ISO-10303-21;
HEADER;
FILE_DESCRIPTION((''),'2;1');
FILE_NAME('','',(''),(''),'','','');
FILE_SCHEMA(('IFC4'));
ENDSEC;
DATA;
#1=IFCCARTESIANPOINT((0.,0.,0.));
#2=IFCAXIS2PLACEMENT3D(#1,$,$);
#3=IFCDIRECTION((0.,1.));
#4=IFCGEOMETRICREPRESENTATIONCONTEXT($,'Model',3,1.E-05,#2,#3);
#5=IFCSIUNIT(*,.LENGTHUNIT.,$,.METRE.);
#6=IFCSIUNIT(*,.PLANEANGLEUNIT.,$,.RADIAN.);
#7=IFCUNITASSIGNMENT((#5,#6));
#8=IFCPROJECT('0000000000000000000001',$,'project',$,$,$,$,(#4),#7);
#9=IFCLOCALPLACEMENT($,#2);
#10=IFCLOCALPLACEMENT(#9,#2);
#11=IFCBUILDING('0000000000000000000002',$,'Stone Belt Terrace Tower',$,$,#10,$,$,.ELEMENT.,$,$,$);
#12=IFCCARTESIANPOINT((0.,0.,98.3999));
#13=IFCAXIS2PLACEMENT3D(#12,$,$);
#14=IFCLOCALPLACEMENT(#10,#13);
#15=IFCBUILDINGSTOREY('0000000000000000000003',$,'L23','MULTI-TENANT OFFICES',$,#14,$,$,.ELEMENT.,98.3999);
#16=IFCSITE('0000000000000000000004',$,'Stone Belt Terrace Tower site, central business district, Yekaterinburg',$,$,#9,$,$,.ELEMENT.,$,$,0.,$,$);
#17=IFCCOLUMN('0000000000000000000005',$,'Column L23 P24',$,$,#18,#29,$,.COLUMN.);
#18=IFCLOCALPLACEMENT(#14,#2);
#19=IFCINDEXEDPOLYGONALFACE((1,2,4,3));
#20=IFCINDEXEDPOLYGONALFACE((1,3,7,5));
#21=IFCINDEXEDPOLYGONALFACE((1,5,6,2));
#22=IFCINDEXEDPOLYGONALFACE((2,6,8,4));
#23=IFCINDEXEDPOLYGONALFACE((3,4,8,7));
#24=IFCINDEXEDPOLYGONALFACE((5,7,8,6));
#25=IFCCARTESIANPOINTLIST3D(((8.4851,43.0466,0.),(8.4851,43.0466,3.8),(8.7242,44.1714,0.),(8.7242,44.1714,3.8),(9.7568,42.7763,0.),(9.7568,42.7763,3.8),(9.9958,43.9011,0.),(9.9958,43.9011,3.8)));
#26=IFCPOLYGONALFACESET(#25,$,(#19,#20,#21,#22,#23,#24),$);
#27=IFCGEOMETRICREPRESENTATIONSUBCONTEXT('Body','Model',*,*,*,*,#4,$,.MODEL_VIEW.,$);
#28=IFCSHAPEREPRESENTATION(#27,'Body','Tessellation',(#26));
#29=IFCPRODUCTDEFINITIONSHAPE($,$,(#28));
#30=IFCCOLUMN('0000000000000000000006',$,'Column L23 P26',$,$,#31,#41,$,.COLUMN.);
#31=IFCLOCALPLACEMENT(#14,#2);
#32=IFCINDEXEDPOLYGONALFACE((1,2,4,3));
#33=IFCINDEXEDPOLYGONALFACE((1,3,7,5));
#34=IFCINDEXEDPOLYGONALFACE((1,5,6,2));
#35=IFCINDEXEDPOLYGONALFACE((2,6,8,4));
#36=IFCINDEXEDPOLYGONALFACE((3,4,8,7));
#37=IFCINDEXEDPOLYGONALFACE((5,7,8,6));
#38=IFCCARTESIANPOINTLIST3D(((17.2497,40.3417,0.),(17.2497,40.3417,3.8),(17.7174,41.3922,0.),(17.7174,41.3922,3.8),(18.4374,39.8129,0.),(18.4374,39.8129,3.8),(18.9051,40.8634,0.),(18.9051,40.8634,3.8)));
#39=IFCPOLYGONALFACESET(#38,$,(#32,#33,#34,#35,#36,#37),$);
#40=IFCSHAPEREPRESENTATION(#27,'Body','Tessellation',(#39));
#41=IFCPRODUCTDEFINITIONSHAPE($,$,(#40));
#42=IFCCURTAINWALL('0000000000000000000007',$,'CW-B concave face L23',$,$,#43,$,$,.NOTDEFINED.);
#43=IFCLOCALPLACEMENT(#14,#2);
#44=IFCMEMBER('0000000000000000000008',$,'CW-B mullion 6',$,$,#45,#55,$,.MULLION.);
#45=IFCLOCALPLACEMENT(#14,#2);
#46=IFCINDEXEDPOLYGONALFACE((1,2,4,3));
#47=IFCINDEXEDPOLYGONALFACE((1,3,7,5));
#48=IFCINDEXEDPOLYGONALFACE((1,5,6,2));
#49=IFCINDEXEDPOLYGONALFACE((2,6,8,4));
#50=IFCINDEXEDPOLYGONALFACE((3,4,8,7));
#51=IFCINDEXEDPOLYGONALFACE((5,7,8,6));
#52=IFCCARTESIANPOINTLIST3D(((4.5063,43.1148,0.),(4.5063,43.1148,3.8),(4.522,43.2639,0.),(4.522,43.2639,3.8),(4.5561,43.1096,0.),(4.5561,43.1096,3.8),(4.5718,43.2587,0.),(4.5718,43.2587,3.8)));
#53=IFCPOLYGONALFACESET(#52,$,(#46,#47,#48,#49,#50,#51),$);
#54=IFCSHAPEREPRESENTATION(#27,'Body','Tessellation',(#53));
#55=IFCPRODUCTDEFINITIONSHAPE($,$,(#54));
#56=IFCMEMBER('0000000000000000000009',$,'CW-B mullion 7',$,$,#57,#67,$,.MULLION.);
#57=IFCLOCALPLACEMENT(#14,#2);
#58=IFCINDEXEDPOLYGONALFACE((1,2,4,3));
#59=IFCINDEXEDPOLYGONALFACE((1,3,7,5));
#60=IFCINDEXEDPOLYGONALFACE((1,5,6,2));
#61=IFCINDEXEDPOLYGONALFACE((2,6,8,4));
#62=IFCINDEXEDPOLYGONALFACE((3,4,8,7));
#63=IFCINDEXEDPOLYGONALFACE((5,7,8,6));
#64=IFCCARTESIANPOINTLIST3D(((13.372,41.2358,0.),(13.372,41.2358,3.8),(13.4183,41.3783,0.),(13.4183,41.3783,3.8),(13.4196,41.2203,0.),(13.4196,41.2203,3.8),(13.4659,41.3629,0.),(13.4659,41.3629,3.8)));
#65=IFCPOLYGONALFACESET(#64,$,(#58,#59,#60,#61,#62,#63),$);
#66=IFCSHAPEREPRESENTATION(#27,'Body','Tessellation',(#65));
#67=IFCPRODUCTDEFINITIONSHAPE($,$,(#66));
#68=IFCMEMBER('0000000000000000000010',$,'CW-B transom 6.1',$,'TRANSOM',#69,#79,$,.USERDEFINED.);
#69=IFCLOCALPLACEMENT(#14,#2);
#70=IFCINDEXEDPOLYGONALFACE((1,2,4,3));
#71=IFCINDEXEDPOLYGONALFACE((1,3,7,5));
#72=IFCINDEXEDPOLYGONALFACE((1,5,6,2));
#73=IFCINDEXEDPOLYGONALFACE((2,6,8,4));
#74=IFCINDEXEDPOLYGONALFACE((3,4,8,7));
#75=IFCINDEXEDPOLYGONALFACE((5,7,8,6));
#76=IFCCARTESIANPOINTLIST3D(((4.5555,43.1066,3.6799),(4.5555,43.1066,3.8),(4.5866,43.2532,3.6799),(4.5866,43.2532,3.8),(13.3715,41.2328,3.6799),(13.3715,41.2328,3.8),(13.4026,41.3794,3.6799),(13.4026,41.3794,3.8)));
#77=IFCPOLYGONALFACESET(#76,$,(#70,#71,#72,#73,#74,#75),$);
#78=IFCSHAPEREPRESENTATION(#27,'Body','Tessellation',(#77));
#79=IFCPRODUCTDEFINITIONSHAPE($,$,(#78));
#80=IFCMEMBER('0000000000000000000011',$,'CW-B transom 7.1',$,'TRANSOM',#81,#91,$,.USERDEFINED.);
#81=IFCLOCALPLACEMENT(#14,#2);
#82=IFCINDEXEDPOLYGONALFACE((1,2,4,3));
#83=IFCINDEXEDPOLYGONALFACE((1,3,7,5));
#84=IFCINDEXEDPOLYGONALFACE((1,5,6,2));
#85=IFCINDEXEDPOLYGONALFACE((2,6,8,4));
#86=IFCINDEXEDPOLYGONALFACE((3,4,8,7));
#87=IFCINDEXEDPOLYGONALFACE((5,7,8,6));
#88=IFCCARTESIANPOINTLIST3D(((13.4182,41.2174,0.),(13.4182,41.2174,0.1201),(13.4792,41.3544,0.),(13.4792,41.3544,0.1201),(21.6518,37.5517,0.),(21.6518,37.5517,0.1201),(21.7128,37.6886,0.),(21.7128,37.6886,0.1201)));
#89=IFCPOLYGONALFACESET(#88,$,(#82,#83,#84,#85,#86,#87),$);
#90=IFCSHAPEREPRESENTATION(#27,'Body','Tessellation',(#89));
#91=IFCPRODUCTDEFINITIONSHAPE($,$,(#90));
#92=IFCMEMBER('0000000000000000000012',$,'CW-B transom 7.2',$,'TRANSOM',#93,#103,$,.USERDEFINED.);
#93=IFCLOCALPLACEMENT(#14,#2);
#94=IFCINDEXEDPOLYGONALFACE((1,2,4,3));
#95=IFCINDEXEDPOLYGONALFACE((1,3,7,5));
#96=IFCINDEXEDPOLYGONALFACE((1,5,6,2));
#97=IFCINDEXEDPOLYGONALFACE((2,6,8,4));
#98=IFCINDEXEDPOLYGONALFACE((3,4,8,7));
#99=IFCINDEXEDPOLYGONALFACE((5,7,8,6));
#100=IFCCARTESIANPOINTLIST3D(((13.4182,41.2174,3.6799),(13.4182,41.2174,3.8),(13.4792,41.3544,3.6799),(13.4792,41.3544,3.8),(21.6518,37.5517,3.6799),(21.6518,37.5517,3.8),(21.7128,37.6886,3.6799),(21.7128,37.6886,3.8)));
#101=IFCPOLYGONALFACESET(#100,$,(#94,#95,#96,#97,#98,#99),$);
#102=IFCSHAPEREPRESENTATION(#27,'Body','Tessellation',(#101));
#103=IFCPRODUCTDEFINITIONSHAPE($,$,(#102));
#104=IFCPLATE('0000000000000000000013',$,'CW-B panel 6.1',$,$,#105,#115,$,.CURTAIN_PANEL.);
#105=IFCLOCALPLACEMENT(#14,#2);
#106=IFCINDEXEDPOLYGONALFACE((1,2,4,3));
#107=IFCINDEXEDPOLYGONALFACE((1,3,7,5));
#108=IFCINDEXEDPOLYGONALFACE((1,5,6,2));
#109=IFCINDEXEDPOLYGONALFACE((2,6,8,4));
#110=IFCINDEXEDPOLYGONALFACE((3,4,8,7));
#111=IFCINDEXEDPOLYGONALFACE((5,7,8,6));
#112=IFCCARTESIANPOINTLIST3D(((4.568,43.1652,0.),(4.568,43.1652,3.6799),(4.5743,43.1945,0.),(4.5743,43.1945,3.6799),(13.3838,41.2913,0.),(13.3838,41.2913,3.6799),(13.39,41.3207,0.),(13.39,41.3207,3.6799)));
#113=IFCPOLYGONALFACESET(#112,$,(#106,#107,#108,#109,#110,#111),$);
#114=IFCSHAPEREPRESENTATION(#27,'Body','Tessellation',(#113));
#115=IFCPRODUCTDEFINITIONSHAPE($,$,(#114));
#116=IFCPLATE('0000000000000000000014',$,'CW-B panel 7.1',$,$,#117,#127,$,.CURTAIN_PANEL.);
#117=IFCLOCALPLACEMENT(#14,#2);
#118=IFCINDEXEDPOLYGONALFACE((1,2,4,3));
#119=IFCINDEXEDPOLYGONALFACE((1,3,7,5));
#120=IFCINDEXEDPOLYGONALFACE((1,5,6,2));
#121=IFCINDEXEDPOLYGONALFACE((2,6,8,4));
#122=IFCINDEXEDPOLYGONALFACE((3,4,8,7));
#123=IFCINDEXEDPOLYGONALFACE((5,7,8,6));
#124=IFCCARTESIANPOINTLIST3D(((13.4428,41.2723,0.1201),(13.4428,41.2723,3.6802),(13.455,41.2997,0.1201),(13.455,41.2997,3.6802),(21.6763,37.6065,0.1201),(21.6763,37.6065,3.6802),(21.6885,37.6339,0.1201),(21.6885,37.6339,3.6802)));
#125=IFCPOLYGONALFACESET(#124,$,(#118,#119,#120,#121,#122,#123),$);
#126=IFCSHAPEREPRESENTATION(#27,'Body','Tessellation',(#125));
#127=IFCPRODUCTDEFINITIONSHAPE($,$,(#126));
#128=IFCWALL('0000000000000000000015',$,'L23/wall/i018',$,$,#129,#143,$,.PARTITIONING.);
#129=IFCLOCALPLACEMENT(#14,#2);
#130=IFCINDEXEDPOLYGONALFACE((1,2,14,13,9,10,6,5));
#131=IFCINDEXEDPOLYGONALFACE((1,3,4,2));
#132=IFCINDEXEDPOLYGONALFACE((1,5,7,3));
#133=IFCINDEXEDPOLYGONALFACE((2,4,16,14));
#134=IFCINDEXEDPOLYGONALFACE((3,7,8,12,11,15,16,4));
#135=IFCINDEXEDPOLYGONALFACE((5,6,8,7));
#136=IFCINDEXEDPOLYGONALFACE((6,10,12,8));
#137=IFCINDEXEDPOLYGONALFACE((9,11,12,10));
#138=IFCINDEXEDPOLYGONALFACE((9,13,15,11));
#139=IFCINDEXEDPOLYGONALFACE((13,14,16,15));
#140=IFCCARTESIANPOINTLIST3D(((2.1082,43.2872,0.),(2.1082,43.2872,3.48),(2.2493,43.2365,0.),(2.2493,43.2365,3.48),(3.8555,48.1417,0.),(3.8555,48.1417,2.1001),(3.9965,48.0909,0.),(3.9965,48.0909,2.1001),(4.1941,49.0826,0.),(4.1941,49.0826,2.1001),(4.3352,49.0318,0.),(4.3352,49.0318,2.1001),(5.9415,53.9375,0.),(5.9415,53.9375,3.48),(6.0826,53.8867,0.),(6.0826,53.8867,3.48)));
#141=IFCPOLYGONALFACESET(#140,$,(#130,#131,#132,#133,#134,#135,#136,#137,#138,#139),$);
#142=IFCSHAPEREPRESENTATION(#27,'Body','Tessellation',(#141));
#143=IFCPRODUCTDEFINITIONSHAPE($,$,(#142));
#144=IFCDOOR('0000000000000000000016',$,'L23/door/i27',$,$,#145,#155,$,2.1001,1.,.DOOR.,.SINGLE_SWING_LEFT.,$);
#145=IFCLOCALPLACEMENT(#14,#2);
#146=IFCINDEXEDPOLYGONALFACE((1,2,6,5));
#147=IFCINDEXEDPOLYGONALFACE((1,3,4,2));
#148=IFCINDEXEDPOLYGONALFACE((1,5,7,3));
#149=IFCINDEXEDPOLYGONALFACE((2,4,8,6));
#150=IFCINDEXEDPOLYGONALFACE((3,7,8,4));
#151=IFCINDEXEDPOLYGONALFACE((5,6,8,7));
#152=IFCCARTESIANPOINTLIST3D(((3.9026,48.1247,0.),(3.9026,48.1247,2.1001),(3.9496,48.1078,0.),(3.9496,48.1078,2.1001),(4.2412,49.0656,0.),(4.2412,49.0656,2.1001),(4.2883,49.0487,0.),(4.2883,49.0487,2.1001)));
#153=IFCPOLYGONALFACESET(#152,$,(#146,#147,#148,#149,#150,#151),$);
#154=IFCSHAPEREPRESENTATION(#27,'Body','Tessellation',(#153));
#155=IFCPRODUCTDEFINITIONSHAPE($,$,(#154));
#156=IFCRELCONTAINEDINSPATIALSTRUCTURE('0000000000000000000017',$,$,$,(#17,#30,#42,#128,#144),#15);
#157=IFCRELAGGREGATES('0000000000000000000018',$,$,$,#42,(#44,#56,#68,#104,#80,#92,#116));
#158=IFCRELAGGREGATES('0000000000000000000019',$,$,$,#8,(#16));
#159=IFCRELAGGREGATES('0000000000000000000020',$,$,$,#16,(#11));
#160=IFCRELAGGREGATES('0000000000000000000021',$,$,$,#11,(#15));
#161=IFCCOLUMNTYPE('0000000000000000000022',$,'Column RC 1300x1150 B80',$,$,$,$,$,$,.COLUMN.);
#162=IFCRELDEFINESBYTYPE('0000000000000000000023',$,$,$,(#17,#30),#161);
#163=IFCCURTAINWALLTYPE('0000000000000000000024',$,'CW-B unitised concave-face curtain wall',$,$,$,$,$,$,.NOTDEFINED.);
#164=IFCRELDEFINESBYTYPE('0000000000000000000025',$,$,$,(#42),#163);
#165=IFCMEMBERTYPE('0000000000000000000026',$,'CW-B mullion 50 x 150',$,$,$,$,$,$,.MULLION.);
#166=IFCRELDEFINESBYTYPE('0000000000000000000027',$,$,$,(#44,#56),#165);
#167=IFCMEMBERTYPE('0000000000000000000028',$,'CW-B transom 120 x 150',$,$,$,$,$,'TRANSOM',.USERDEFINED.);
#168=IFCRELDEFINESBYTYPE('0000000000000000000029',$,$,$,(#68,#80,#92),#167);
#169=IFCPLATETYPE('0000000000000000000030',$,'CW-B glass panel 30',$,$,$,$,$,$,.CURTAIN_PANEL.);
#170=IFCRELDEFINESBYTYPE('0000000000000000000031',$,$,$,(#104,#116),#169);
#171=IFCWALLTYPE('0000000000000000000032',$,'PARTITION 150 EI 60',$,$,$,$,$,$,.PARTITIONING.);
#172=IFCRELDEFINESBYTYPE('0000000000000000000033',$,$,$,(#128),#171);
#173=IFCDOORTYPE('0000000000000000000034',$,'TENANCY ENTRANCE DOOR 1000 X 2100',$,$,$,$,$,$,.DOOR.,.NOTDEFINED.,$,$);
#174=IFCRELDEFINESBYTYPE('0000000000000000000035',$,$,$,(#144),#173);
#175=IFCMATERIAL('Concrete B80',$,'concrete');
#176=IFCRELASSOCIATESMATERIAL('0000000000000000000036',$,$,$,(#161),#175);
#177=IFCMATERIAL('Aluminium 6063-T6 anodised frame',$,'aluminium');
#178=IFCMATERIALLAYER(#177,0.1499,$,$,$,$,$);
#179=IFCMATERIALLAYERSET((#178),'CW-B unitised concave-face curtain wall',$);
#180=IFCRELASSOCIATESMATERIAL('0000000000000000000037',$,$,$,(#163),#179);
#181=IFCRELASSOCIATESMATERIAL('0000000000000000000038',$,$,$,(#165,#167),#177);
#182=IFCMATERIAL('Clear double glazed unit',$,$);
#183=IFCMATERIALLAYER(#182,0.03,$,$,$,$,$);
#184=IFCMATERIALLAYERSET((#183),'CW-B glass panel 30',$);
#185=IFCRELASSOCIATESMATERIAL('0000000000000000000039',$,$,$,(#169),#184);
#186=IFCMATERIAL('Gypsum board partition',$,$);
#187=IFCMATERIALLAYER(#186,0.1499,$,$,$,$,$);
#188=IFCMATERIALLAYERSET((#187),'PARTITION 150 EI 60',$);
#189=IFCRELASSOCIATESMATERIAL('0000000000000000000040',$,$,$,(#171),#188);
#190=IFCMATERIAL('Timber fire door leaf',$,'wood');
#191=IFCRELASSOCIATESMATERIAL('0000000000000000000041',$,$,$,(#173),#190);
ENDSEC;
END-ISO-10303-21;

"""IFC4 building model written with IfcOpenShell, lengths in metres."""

from ifc_helpers import new_model, si_unit, direction, frame, frame_2d, origin, origin_2d, place, context, subcontext, project, spatial, rectangle, extrude, material, layer, layer_set, material_profile, profile_set, type_object, element, fill, aggregate, save


model = new_model("IFC4")

# Units and contexts
model_context = context("Model", 3, precision=1e-05, world=origin(), true_north=direction((0.0, 1.0)))
body_context = subcontext(model_context, "Body", "Model", "MODEL_VIEW")
ifc_project = project(units=[si_unit("LENGTHUNIT", "METRE"), si_unit("PLANEANGLEUNIT", "RADIAN")], contexts=[model_context])

# Site, building, storey
site_placement = place(None, origin())
site = spatial("IfcSite", under=ifc_project, at=site_placement, Name="Stone Belt Terrace Tower site, central business district, Yekaterinburg", CompositionType="ELEMENT", RefElevation=0.0)
building_placement = place(site_placement, origin())
building = spatial("IfcBuilding", under=site, at=building_placement, Name="Stone Belt Terrace Tower", CompositionType="ELEMENT")
storey_placement = place(building_placement, frame((0.0, 0.0, 98.3999)))
storey = spatial("IfcBuildingStorey", under=building, at=storey_placement, Name="L23", Description="MULTI-TENANT OFFICES", CompositionType="ELEMENT", Elevation=98.3999)

# Columns
ifc_material_1 = material(Name="Concrete B80", Category="concrete")
ifc_material_profile_1 = material_profile(ifc_material_1, rectangle(XDim=1.3, YDim=1.1499, at=origin_2d()), Name="RC 1300x1150")
ifc_profile_set_1 = profile_set([ifc_material_profile_1], Name="Concrete B80")
column_type = type_object("IfcColumnType", Name="Column RC 1300x1150 B80", PredefinedType="COLUMN", material=ifc_profile_set_1)
for number, where, z_axis, x_axis, name in (
    (1, (9.2405, 43.4739, 0.0), (0.0, 0.0, 1.0), (0.978148, -0.207912, 0.0), "Column L23 P24"),
    (2, (18.0774, 40.6025, 0.0), (0.0, 0.0, 1.0), (0.913545, -0.406737, 0.0), "Column L23 P26"),
):
    element("IfcColumn", number, at=place(storey_placement, frame(where, z_axis=z_axis, x_axis=x_axis)), inside=storey, type_object=column_type, Name=name, PredefinedType="COLUMN", context=body_context, shape_type="SweptSolid", body=[
        extrude(rectangle(XDim=1.3, YDim=1.1499, at=origin_2d()), origin(), (0.0, 0.0, 1.0), 3.8),
    ])

# Curtain wall, members, plates
ifc_material_2 = material(Name="Aluminium 6063-T6 anodised frame", Category="aluminium")
ifc_layer_1 = layer(ifc_material_2, 0.1499)
ifc_layer_set_1 = layer_set([ifc_layer_1], Name="CW-B unitised concave-face curtain wall")
curtain_wall_type = type_object("IfcCurtainWallType", Name="CW-B unitised concave-face curtain wall", PredefinedType="NOTDEFINED", material=ifc_layer_set_1)
curtain_wall_placement = place(storey_placement, origin())
curtain_wall = element("IfcCurtainWall", 3, at=curtain_wall_placement, inside=storey, type_object=curtain_wall_type, Name="CW-B concave face L23", PredefinedType="NOTDEFINED")
ifc_material_profile_2 = material_profile(ifc_material_2, rectangle(XDim=0.1499, YDim=0.05, at=origin_2d()), Name="Aluminium 6063-T6 50x150")
ifc_profile_set_2 = profile_set([ifc_material_profile_2], Name="Aluminium 6063-T6 anodised frame")
member_type_1 = type_object("IfcMemberType", Name="CW-B mullion 50 x 150", PredefinedType="MULLION", material=ifc_profile_set_2)
member_1_placement = place(storey_placement, frame((4.5391, 43.1868, 0.0), z_axis=(0.0, 0.0, 1.0), x_axis=(0.104528, 0.994522, 0.0)))
member_1 = element("IfcMember", 4, at=member_1_placement, type_object=member_type_1, Name="CW-B mullion 6", PredefinedType="MULLION", context=body_context, shape_type="SweptSolid", body=[
    extrude(rectangle(XDim=0.1499, YDim=0.05, at=origin_2d()), origin(), (0.0, 0.0, 1.0), 3.8),
])
member_2_placement = place(storey_placement, frame((13.4189, 41.2993, 0.0), z_axis=(0.0, 0.0, 1.0), x_axis=(0.309017, 0.951057, 0.0)))
member_2 = element("IfcMember", 5, at=member_2_placement, type_object=member_type_1, Name="CW-B mullion 7", PredefinedType="MULLION", context=body_context, shape_type="SweptSolid", body=[
    extrude(rectangle(XDim=0.1499, YDim=0.05, at=origin_2d()), origin(), (0.0, 0.0, 1.0), 3.8),
])
ifc_material_profile_3 = material_profile(ifc_material_2, rectangle(XDim=0.1499, YDim=0.1201, at=origin_2d()), Name="Aluminium 6063-T6 150x120")
ifc_profile_set_3 = profile_set([ifc_material_profile_3], Name="Aluminium 6063-T6 anodised frame")
member_type_2 = type_object("IfcMemberType", Name="CW-B transom 120 x 150", ElementType="TRANSOM", PredefinedType="USERDEFINED", material=ifc_profile_set_3)
member_3_placement = place(storey_placement, frame((4.571, 43.1799, 3.74), z_axis=(0.97815, -0.207901, 0.0), x_axis=(0.207901, 0.97815, 0.0)))
member_3 = element("IfcMember", 6, at=member_3_placement, type_object=member_type_2, Name="CW-B transom 6.1", ObjectType="TRANSOM", PredefinedType="USERDEFINED", context=body_context, shape_type="SweptSolid", body=[
    extrude(rectangle(XDim=0.1499, YDim=0.1201, at=origin_2d()), origin(), (0.0, 0.0, 1.0), 9.0129),
])
member_4_placement = place(storey_placement, frame((13.4487, 41.2859, 0.0601), z_axis=(0.913549, -0.406729, 0.0), x_axis=(0.406729, 0.913549, 0.0)))
member_4 = element("IfcMember", 7, at=member_4_placement, type_object=member_type_2, Name="CW-B transom 7.1", ObjectType="TRANSOM", PredefinedType="USERDEFINED", context=body_context, shape_type="SweptSolid", body=[
    extrude(rectangle(XDim=0.1499, YDim=0.1201, at=origin_2d()), origin(), (0.0, 0.0, 1.0), 9.0127),
])
member_5_placement = place(storey_placement, frame((13.4487, 41.2859, 3.74), z_axis=(0.913549, -0.406729, 0.0), x_axis=(0.406729, 0.913549, 0.0)))
member_5 = element("IfcMember", 8, at=member_5_placement, type_object=member_type_2, Name="CW-B transom 7.2", ObjectType="TRANSOM", PredefinedType="USERDEFINED", context=body_context, shape_type="SweptSolid", body=[
    extrude(rectangle(XDim=0.1499, YDim=0.1201, at=origin_2d()), origin(), (0.0, 0.0, 1.0), 9.0127),
])
ifc_material_3 = material(Name="Clear double glazed unit")
ifc_layer_2 = layer(ifc_material_3, 0.03)
ifc_layer_set_2 = layer_set([ifc_layer_2], Name="CW-B glass panel 30")
plate_type = type_object("IfcPlateType", Name="CW-B glass panel 30", PredefinedType="CURTAIN_PANEL", material=ifc_layer_set_2)
plate_1_placement = place(storey_placement, frame((8.979, 42.2429, 0.0), z_axis=(0.0, 0.0, 1.0), x_axis=(0.978148, -0.207912, 0.0)))
plate_1 = element("IfcPlate", 9, at=plate_1_placement, type_object=plate_type, Name="CW-B panel 6.1", PredefinedType="CURTAIN_PANEL", context=body_context, shape_type="SweptSolid", body=[
    extrude(rectangle(XDim=9.0127, YDim=0.03, at=origin_2d()), origin(), (0.0, 0.0, 1.0), 3.6799),
])
plate_2_placement = place(storey_placement, frame((17.5657, 39.4531, 0.1201), z_axis=(0.0, 0.0, 1.0), x_axis=(0.913545, -0.406737, 0.0)))
plate_2 = element("IfcPlate", 10, at=plate_2_placement, type_object=plate_type, Name="CW-B panel 7.1", PredefinedType="CURTAIN_PANEL", context=body_context, shape_type="SweptSolid", body=[
    extrude(rectangle(XDim=9.0127, YDim=0.03, at=origin_2d()), origin(), (0.0, 0.0, 1.0), 3.5601),
])
aggregate(curtain_wall, [member_1, member_2, member_3, plate_1, member_4, member_5, plate_2])

# Wall, opening, door
ifc_material_4 = material(Name="Gypsum board partition")
ifc_layer_3 = layer(ifc_material_4, 0.1499)
ifc_layer_set_3 = layer_set([ifc_layer_3], Name="PARTITION 150 EI 60")
wall_type_1 = type_object("IfcWallType", Name="PARTITION 150 EI 60", PredefinedType="PARTITIONING", material=ifc_layer_set_3)
wall_1_placement = place(storey_placement, frame((2.1787, 43.2617, 0.0), z_axis=(0.0, 0.0, 1.0), x_axis=(0.338657, 0.94091, 0.0)))
wall_1 = element("IfcWall", 11, at=wall_1_placement, inside=storey, type_object=wall_type_1, Name="L23/wall/i018", PredefinedType="PARTITIONING", context=body_context, shape_type="SweptSolid", body=[
    extrude(rectangle(XDim=11.3191, YDim=0.1499, at=frame_2d((5.6597, 0.0))), origin(), (0.0, 0.0, 1.0), 3.48),
])
opening_1_placement = place(wall_1_placement, frame((5.1594, 0.0, 0.0)))
opening_1 = element("IfcOpeningElement", 12, at=opening_1_placement, cuts=wall_1, PredefinedType="OPENING", context=body_context, shape_type="SweptSolid", body=[
    extrude(rectangle(XDim=1.0, YDim=2.1001, at=frame_2d((0.5, 1.05))), frame((0.0, 0.085, 0.0), z_axis=(0.0, -1.0, 0.0), x_axis=(1.0, 0.0, 0.0)), (0.0, 0.0, 1.0), 0.1699),
])
ifc_material_5 = material(Name="Timber fire door leaf", Category="wood")
door_type_1 = type_object("IfcDoorType", Name="TENANCY ENTRANCE DOOR 1000 X 2100", OperationType="NOTDEFINED", PredefinedType="DOOR", material=ifc_material_5)
door_1_placement = place(opening_1_placement, origin())
door_1 = element("IfcDoor", 13, at=door_1_placement, inside=storey, type_object=door_type_1, Name="L23/door/i27", OperationType="SINGLE_SWING_LEFT", OverallHeight=2.1001, OverallWidth=1.0, PredefinedType="DOOR", context=body_context, shape_type="SweptSolid", body=[
    extrude(rectangle(XDim=1.0, YDim=2.1001, at=frame_2d((0.5, 1.05))), frame((0.0, 0.0249, 0.0), z_axis=(0.0, -1.0, 0.0), x_axis=(1.0, 0.0, 0.0)), (0.0, 0.0, 1.0), 0.05),
])
fill(opening_1, door_1)

save(model, "model.ifc")
